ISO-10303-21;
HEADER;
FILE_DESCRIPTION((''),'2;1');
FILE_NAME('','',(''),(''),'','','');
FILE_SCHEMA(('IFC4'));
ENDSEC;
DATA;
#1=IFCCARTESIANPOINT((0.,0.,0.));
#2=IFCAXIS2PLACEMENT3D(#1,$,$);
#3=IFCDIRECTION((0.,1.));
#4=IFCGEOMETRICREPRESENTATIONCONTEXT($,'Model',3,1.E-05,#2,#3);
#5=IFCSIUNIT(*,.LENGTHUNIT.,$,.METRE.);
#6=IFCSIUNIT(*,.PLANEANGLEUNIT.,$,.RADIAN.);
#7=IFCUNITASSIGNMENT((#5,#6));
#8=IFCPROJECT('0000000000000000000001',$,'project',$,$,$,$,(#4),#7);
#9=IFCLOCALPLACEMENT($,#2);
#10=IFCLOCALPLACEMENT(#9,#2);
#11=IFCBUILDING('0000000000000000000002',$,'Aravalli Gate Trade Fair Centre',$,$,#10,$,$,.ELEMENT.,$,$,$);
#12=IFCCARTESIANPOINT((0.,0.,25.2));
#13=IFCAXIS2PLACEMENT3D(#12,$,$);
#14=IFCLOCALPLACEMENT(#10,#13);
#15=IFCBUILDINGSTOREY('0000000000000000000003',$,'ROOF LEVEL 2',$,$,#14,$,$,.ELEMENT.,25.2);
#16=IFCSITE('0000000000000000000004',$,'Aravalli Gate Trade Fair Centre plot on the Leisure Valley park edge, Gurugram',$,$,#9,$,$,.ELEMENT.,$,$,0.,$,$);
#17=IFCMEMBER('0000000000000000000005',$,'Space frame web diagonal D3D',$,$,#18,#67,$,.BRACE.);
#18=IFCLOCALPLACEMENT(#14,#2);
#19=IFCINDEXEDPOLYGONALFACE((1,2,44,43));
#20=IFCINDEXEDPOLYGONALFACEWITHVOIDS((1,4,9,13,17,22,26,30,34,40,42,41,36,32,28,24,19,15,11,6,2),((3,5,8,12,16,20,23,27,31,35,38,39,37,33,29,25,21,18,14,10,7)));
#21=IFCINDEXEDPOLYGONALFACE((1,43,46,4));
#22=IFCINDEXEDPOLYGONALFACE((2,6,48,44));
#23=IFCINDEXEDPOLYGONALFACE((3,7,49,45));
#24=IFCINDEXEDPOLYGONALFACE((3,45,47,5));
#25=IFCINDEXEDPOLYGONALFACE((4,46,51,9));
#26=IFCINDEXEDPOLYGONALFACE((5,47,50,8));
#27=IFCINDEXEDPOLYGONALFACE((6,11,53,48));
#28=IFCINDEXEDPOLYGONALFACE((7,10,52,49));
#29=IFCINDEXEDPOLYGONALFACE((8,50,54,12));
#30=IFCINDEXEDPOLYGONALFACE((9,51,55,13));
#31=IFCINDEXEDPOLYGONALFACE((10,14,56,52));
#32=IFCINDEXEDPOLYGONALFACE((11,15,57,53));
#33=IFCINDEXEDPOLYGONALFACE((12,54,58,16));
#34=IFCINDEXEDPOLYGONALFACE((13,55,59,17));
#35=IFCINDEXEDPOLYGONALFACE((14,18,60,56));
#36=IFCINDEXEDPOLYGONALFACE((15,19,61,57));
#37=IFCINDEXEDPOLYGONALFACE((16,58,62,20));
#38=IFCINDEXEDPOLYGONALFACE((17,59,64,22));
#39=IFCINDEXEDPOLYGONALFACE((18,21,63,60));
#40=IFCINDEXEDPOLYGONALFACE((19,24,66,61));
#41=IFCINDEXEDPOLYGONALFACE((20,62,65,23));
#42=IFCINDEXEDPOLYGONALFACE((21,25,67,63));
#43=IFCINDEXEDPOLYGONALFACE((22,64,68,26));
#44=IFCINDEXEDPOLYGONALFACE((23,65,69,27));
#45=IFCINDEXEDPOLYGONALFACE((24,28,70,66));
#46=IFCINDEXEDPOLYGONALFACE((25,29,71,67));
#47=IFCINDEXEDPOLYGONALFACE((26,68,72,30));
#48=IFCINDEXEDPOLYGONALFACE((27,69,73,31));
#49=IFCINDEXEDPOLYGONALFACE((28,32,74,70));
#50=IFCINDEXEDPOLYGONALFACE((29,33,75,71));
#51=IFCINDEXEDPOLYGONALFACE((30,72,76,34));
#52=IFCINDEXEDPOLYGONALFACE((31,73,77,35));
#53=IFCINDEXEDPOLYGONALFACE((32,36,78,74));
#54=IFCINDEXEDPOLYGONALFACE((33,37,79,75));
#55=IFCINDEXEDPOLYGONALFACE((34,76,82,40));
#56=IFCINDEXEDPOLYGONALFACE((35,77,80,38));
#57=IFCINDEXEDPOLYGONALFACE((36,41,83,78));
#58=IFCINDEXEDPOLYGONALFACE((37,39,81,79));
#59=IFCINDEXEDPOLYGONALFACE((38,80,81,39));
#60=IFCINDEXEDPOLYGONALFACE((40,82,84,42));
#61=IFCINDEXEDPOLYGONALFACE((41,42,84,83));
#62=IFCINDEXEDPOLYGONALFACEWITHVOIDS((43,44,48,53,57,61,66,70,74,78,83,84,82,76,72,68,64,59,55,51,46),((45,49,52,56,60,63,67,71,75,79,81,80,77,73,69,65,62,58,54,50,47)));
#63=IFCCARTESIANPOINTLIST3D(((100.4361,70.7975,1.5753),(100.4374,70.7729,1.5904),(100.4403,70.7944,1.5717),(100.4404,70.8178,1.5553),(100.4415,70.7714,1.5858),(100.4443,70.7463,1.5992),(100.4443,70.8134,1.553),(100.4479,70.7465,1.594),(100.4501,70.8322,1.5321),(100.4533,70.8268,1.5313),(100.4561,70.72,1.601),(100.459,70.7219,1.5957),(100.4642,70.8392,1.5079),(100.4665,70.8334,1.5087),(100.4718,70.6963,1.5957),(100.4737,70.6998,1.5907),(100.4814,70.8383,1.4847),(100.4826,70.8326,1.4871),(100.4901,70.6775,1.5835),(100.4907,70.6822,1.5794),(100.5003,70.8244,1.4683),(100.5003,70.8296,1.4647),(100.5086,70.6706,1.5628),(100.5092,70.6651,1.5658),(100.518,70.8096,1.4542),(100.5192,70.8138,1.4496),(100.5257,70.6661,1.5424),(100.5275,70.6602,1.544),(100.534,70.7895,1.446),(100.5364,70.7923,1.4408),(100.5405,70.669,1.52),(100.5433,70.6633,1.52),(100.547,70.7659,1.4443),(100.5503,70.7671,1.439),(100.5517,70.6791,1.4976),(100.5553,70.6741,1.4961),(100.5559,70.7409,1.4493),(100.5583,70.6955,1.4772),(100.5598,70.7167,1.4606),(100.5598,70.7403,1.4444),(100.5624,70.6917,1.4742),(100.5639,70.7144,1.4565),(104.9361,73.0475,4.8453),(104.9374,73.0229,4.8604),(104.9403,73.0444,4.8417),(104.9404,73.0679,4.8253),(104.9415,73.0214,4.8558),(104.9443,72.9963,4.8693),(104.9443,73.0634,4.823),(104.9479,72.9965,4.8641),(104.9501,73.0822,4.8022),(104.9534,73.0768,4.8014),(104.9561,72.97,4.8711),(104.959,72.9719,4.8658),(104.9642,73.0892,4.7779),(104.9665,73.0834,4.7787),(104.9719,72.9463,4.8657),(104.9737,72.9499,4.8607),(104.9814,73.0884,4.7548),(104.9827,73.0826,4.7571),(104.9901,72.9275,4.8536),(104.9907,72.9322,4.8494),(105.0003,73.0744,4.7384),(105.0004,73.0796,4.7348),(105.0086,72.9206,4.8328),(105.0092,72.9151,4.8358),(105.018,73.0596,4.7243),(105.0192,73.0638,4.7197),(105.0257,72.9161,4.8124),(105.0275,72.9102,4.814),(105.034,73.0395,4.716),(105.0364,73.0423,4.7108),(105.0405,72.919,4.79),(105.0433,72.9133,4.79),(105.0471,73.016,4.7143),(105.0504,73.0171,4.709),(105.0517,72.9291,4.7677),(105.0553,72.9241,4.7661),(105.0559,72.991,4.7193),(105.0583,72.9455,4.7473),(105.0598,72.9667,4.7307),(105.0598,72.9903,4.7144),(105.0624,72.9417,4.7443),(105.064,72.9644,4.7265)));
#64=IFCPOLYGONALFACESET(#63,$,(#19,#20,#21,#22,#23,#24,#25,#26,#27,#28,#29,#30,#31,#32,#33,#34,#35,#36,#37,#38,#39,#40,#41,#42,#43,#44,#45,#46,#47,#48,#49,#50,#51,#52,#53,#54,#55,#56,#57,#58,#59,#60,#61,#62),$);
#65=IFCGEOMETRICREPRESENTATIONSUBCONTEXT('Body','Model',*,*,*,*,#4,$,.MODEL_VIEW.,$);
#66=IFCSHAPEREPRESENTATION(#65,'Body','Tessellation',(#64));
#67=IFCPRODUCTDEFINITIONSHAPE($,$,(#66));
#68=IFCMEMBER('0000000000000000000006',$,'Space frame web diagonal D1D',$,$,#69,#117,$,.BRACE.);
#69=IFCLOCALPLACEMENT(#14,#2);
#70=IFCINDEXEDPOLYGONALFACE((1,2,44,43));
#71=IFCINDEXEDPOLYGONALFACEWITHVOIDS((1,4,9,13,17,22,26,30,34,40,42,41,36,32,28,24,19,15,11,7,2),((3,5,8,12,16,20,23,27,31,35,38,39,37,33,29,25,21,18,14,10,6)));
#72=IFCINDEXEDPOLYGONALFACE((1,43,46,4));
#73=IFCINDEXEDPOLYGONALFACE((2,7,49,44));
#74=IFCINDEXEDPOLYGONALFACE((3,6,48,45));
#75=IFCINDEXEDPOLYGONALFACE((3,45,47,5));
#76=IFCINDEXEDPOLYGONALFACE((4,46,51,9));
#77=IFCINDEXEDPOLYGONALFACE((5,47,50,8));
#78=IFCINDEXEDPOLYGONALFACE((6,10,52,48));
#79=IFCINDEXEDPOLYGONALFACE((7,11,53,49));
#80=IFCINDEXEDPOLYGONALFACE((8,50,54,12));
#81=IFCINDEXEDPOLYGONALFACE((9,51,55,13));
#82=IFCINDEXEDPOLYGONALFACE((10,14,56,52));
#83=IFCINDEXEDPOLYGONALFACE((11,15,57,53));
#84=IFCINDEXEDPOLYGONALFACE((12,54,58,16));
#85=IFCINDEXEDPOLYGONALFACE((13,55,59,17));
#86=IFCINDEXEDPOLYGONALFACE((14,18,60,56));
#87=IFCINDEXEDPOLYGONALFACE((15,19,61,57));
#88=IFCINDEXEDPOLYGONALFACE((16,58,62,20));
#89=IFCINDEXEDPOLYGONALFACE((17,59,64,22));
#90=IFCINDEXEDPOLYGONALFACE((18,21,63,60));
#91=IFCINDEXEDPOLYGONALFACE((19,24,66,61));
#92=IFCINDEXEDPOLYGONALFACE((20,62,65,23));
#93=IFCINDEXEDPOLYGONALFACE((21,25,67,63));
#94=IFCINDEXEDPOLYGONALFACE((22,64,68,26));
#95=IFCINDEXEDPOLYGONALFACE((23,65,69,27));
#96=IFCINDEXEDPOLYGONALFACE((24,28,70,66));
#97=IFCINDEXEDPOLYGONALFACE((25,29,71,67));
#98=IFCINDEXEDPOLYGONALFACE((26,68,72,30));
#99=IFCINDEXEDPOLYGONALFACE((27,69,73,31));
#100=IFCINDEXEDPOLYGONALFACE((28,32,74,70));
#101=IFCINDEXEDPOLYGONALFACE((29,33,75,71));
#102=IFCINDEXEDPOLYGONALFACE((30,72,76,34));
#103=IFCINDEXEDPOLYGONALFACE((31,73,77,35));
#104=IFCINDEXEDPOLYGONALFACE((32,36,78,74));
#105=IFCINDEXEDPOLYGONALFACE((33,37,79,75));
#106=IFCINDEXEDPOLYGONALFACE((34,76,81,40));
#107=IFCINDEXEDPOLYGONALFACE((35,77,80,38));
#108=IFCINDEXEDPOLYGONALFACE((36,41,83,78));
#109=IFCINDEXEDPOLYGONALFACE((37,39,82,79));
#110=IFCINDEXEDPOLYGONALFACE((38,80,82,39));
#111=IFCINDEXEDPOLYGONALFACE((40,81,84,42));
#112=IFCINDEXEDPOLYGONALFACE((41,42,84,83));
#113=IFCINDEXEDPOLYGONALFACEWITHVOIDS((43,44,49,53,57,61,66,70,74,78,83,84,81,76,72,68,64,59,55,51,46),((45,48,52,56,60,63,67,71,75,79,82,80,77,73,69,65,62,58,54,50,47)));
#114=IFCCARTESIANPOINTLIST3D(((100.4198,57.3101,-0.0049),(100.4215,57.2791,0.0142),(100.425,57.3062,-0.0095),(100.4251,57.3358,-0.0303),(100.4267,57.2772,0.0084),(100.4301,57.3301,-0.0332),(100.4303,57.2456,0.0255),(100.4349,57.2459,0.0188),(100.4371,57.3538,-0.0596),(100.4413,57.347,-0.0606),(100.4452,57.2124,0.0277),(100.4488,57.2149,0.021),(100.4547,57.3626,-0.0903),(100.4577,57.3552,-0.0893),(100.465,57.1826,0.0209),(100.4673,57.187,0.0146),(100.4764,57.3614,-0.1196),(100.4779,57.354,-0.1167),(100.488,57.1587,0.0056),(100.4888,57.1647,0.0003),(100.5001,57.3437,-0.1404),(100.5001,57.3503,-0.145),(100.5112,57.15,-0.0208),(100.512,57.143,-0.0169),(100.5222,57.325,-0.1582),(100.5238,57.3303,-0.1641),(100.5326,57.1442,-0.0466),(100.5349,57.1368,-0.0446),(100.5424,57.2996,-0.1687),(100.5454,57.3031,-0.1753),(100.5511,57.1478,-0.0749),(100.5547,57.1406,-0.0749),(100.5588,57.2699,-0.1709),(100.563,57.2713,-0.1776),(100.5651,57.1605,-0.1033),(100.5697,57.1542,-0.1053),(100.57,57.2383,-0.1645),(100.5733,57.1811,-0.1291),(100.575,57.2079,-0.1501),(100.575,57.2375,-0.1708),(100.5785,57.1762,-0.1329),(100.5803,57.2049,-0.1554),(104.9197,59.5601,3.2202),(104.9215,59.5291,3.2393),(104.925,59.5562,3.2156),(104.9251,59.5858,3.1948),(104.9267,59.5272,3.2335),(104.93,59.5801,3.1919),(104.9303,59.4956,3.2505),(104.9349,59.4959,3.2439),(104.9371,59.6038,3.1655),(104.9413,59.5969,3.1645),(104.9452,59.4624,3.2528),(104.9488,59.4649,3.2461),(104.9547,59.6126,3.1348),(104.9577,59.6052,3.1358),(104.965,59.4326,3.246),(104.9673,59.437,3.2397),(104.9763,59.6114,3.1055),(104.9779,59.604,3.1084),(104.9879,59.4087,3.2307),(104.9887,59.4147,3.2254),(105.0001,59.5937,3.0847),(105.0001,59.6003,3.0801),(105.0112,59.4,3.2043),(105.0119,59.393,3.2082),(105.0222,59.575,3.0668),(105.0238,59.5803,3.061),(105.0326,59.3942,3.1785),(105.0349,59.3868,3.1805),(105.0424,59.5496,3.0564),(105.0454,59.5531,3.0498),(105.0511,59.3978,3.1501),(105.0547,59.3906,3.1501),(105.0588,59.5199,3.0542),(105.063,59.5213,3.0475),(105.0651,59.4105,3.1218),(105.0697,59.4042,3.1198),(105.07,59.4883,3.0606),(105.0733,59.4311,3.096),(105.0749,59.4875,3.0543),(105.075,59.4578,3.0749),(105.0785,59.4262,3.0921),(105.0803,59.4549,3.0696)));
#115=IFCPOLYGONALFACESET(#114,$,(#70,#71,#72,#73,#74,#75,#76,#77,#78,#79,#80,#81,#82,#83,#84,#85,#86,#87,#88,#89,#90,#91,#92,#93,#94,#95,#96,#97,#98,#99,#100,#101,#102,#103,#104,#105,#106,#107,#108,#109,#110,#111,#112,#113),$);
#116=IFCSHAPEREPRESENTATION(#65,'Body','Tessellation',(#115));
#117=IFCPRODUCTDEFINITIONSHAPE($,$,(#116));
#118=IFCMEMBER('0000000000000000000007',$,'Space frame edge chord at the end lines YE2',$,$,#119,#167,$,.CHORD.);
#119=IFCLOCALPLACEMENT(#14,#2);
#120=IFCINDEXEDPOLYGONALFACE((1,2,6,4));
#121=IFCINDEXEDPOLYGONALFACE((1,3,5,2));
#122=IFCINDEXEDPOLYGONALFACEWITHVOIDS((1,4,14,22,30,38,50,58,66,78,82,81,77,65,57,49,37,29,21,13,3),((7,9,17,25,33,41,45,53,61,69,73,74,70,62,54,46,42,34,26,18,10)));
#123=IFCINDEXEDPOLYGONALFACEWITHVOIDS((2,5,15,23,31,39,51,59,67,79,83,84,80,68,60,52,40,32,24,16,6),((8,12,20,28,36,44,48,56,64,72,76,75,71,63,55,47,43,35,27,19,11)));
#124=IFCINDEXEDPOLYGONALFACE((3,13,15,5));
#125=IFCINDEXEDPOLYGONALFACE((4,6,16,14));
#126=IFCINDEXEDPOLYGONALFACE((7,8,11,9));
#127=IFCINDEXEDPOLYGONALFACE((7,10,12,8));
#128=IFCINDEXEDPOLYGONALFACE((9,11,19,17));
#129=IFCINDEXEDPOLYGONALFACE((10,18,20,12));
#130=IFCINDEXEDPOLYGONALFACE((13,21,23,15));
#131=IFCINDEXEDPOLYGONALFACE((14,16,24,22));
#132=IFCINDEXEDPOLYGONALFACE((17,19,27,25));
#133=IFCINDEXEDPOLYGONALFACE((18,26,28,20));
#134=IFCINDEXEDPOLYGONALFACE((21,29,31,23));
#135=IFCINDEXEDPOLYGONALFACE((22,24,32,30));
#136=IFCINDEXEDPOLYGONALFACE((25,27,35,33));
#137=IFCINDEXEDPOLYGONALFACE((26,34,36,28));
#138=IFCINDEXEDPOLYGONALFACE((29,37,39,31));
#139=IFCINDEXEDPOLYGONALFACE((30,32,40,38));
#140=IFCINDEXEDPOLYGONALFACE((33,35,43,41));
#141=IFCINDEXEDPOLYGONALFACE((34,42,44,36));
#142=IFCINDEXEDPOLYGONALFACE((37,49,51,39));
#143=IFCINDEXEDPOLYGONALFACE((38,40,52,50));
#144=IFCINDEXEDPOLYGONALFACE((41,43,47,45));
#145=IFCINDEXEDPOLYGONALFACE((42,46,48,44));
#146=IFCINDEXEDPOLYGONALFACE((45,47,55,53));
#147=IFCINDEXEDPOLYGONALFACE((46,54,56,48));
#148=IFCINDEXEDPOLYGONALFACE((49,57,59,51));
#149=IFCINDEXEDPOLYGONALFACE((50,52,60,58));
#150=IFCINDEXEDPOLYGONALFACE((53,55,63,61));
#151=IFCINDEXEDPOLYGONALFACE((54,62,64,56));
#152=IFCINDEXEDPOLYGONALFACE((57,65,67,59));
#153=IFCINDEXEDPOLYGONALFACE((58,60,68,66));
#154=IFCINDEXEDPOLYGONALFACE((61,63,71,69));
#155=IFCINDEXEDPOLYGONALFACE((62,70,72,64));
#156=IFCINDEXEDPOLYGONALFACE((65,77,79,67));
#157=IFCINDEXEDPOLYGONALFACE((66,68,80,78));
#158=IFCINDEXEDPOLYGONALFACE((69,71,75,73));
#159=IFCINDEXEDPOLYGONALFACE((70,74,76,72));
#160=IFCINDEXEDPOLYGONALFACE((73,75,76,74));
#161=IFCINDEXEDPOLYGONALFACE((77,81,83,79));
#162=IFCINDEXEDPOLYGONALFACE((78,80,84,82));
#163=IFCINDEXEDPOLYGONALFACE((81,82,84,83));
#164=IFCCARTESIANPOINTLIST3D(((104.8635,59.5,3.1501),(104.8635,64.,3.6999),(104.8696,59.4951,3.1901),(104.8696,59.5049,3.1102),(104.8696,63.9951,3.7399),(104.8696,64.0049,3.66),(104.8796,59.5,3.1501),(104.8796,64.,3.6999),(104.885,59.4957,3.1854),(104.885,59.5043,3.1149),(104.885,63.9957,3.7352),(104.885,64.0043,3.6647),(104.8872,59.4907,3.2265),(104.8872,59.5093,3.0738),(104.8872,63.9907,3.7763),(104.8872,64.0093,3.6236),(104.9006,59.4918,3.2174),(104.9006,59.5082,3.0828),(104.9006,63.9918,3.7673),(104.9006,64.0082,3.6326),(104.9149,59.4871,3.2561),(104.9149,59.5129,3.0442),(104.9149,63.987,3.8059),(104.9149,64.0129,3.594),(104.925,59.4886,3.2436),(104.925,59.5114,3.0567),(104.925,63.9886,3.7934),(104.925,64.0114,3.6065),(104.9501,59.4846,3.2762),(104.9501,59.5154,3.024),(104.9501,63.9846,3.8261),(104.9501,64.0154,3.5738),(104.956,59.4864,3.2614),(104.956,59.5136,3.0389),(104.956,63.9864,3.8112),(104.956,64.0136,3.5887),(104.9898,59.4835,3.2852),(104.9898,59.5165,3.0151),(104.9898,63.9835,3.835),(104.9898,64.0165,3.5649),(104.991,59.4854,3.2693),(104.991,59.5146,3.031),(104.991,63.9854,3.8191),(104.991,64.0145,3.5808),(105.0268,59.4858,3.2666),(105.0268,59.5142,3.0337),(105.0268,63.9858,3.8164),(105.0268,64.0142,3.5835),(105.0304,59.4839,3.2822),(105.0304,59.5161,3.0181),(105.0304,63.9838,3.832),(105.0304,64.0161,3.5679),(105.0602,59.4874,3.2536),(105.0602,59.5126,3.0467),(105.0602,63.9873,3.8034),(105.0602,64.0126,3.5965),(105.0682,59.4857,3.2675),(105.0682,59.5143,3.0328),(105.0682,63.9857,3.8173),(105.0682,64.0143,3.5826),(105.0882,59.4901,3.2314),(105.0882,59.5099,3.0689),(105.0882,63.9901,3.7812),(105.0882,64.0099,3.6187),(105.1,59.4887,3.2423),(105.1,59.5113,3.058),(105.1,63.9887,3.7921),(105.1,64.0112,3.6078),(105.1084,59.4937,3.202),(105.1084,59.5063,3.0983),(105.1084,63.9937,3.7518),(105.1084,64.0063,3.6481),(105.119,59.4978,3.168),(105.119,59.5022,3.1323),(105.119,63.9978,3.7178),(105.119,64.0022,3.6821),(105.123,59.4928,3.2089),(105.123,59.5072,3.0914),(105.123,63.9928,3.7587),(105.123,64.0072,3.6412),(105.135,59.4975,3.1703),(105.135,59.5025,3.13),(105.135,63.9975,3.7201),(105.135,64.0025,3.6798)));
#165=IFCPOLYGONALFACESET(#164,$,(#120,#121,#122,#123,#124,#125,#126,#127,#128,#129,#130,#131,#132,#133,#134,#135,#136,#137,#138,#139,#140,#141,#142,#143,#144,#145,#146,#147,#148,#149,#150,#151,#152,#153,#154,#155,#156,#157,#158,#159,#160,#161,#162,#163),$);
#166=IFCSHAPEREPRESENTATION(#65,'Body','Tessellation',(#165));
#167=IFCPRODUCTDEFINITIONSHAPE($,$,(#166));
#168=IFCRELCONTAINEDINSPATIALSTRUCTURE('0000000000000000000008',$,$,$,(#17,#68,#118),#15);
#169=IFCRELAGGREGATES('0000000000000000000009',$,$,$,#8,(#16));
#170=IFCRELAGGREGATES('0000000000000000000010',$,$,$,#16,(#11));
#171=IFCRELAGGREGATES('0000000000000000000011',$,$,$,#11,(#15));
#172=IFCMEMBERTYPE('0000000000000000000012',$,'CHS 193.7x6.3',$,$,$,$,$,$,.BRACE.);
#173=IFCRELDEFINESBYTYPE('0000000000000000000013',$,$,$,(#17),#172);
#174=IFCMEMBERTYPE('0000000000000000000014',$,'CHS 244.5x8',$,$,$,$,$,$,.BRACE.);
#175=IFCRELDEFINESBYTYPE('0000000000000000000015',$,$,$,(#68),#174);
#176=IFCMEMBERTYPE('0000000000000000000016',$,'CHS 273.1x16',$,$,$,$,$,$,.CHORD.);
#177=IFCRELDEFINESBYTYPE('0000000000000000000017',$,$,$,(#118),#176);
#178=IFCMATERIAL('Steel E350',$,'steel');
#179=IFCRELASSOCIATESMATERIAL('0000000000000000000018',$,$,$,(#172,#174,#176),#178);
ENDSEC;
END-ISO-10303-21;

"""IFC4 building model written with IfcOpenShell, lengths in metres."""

from ifc_helpers import new_model, si_unit, direction, frame, origin, origin_2d, place, context, subcontext, project, spatial, hollow_circle, extrude, material, material_profile, profile_set, type_object, element, save


model = new_model("IFC4")

# Units and contexts
model_context = context("Model", 3, precision=1e-05, world=origin(), true_north=direction((0.0, 1.0)))
body_context = subcontext(model_context, "Body", "Model", "MODEL_VIEW")
ifc_project = project(units=[si_unit("LENGTHUNIT", "METRE"), si_unit("PLANEANGLEUNIT", "RADIAN")], contexts=[model_context])

# Site, building, storey
site_placement = place(None, origin())
site = spatial("IfcSite", under=ifc_project, at=site_placement, Name="Aravalli Gate Trade Fair Centre plot on the Leisure Valley park edge, Gurugram", CompositionType="ELEMENT", RefElevation=0.0)
building_placement = place(site_placement, origin())
building = spatial("IfcBuilding", under=site, at=building_placement, Name="Aravalli Gate Trade Fair Centre", CompositionType="ELEMENT")
storey_placement = place(building_placement, frame((0.0, 0.0, 25.2)))
storey = spatial("IfcBuildingStorey", under=building, at=storey_placement, Name="ROOF LEVEL 2", CompositionType="ELEMENT", Elevation=25.2)

# Members
ifc_material_1 = material(Name="Steel E350", Category="steel")
ifc_material_profile_1 = material_profile(ifc_material_1, hollow_circle(Radius=0.0969, WallThickness=0.0063, at=origin_2d()), Name="CHS 193.7x6.3")
ifc_profile_set_1 = profile_set([ifc_material_profile_1], Name="Steel E350")
member_type_1 = type_object("IfcMemberType", Name="CHS 193.7x6.3", PredefinedType="BRACE", material=ifc_profile_set_1)
member_1_placement = place(storey_placement, frame((105.0, 73.0, 4.79), z_axis=(-0.749942, -0.374971, -0.544961), x_axis=(0.447214, -0.894427, 0.0)))
element("IfcMember", 1, at=member_1_placement, inside=storey, type_object=member_type_1, Name="Space frame web diagonal D3D", PredefinedType="BRACE", context=body_context, shape_type="SweptSolid", body=[
    extrude(hollow_circle(Radius=0.0969, WallThickness=0.0063, at=origin_2d()), origin(), (0.0, 0.0, 1.0), 6.0005),
])
ifc_material_profile_2 = material_profile(ifc_material_1, hollow_circle(Radius=0.1223, WallThickness=0.0081, at=origin_2d()), Name="CHS 244.5x8")
ifc_profile_set_2 = profile_set([ifc_material_profile_2], Name="Steel E350")
member_type_2 = type_object("IfcMemberType", Name="CHS 244.5x8", PredefinedType="BRACE", material=ifc_profile_set_2)
member_2_placement = place(storey_placement, frame((105.0, 59.5, 3.1501), z_axis=(-0.753, -0.3765, -0.539666), x_axis=(0.447214, -0.894427, 0.0)))
element("IfcMember", 2, at=member_2_placement, inside=storey, type_object=member_type_2, Name="Space frame web diagonal D1D", PredefinedType="BRACE", context=body_context, shape_type="SweptSolid", body=[
    extrude(hollow_circle(Radius=0.1223, WallThickness=0.0081, at=origin_2d()), origin(), (0.0, 0.0, 1.0), 5.9761),
])
ifc_material_profile_3 = material_profile(ifc_material_1, hollow_circle(Radius=0.1365, WallThickness=0.0161, at=origin_2d()), Name="CHS 273.1x16")
ifc_profile_set_3 = profile_set([ifc_material_profile_3], Name="Steel E350")
member_type_3 = type_object("IfcMemberType", Name="CHS 273.1x16", PredefinedType="CHORD", material=ifc_profile_set_3)
for number, where, z_axis, x_axis, name in (
    (3, (105.0, 59.5, 3.1501), (0.0, 0.992619, 0.121277), (-1.0, 0.0, 0.0), "Space frame edge chord at the end lines YE2"),
):
    element("IfcMember", number, at=place(storey_placement, frame(where, z_axis=z_axis, x_axis=x_axis)), inside=storey, type_object=member_type_3, Name=name, PredefinedType="CHORD", context=body_context, shape_type="SweptSolid", body=[
        extrude(hollow_circle(Radius=0.1365, WallThickness=0.0161, at=origin_2d()), origin(), (0.0, 0.0, 1.0), 4.5334),
    ])

save(model, "model.ifc")
